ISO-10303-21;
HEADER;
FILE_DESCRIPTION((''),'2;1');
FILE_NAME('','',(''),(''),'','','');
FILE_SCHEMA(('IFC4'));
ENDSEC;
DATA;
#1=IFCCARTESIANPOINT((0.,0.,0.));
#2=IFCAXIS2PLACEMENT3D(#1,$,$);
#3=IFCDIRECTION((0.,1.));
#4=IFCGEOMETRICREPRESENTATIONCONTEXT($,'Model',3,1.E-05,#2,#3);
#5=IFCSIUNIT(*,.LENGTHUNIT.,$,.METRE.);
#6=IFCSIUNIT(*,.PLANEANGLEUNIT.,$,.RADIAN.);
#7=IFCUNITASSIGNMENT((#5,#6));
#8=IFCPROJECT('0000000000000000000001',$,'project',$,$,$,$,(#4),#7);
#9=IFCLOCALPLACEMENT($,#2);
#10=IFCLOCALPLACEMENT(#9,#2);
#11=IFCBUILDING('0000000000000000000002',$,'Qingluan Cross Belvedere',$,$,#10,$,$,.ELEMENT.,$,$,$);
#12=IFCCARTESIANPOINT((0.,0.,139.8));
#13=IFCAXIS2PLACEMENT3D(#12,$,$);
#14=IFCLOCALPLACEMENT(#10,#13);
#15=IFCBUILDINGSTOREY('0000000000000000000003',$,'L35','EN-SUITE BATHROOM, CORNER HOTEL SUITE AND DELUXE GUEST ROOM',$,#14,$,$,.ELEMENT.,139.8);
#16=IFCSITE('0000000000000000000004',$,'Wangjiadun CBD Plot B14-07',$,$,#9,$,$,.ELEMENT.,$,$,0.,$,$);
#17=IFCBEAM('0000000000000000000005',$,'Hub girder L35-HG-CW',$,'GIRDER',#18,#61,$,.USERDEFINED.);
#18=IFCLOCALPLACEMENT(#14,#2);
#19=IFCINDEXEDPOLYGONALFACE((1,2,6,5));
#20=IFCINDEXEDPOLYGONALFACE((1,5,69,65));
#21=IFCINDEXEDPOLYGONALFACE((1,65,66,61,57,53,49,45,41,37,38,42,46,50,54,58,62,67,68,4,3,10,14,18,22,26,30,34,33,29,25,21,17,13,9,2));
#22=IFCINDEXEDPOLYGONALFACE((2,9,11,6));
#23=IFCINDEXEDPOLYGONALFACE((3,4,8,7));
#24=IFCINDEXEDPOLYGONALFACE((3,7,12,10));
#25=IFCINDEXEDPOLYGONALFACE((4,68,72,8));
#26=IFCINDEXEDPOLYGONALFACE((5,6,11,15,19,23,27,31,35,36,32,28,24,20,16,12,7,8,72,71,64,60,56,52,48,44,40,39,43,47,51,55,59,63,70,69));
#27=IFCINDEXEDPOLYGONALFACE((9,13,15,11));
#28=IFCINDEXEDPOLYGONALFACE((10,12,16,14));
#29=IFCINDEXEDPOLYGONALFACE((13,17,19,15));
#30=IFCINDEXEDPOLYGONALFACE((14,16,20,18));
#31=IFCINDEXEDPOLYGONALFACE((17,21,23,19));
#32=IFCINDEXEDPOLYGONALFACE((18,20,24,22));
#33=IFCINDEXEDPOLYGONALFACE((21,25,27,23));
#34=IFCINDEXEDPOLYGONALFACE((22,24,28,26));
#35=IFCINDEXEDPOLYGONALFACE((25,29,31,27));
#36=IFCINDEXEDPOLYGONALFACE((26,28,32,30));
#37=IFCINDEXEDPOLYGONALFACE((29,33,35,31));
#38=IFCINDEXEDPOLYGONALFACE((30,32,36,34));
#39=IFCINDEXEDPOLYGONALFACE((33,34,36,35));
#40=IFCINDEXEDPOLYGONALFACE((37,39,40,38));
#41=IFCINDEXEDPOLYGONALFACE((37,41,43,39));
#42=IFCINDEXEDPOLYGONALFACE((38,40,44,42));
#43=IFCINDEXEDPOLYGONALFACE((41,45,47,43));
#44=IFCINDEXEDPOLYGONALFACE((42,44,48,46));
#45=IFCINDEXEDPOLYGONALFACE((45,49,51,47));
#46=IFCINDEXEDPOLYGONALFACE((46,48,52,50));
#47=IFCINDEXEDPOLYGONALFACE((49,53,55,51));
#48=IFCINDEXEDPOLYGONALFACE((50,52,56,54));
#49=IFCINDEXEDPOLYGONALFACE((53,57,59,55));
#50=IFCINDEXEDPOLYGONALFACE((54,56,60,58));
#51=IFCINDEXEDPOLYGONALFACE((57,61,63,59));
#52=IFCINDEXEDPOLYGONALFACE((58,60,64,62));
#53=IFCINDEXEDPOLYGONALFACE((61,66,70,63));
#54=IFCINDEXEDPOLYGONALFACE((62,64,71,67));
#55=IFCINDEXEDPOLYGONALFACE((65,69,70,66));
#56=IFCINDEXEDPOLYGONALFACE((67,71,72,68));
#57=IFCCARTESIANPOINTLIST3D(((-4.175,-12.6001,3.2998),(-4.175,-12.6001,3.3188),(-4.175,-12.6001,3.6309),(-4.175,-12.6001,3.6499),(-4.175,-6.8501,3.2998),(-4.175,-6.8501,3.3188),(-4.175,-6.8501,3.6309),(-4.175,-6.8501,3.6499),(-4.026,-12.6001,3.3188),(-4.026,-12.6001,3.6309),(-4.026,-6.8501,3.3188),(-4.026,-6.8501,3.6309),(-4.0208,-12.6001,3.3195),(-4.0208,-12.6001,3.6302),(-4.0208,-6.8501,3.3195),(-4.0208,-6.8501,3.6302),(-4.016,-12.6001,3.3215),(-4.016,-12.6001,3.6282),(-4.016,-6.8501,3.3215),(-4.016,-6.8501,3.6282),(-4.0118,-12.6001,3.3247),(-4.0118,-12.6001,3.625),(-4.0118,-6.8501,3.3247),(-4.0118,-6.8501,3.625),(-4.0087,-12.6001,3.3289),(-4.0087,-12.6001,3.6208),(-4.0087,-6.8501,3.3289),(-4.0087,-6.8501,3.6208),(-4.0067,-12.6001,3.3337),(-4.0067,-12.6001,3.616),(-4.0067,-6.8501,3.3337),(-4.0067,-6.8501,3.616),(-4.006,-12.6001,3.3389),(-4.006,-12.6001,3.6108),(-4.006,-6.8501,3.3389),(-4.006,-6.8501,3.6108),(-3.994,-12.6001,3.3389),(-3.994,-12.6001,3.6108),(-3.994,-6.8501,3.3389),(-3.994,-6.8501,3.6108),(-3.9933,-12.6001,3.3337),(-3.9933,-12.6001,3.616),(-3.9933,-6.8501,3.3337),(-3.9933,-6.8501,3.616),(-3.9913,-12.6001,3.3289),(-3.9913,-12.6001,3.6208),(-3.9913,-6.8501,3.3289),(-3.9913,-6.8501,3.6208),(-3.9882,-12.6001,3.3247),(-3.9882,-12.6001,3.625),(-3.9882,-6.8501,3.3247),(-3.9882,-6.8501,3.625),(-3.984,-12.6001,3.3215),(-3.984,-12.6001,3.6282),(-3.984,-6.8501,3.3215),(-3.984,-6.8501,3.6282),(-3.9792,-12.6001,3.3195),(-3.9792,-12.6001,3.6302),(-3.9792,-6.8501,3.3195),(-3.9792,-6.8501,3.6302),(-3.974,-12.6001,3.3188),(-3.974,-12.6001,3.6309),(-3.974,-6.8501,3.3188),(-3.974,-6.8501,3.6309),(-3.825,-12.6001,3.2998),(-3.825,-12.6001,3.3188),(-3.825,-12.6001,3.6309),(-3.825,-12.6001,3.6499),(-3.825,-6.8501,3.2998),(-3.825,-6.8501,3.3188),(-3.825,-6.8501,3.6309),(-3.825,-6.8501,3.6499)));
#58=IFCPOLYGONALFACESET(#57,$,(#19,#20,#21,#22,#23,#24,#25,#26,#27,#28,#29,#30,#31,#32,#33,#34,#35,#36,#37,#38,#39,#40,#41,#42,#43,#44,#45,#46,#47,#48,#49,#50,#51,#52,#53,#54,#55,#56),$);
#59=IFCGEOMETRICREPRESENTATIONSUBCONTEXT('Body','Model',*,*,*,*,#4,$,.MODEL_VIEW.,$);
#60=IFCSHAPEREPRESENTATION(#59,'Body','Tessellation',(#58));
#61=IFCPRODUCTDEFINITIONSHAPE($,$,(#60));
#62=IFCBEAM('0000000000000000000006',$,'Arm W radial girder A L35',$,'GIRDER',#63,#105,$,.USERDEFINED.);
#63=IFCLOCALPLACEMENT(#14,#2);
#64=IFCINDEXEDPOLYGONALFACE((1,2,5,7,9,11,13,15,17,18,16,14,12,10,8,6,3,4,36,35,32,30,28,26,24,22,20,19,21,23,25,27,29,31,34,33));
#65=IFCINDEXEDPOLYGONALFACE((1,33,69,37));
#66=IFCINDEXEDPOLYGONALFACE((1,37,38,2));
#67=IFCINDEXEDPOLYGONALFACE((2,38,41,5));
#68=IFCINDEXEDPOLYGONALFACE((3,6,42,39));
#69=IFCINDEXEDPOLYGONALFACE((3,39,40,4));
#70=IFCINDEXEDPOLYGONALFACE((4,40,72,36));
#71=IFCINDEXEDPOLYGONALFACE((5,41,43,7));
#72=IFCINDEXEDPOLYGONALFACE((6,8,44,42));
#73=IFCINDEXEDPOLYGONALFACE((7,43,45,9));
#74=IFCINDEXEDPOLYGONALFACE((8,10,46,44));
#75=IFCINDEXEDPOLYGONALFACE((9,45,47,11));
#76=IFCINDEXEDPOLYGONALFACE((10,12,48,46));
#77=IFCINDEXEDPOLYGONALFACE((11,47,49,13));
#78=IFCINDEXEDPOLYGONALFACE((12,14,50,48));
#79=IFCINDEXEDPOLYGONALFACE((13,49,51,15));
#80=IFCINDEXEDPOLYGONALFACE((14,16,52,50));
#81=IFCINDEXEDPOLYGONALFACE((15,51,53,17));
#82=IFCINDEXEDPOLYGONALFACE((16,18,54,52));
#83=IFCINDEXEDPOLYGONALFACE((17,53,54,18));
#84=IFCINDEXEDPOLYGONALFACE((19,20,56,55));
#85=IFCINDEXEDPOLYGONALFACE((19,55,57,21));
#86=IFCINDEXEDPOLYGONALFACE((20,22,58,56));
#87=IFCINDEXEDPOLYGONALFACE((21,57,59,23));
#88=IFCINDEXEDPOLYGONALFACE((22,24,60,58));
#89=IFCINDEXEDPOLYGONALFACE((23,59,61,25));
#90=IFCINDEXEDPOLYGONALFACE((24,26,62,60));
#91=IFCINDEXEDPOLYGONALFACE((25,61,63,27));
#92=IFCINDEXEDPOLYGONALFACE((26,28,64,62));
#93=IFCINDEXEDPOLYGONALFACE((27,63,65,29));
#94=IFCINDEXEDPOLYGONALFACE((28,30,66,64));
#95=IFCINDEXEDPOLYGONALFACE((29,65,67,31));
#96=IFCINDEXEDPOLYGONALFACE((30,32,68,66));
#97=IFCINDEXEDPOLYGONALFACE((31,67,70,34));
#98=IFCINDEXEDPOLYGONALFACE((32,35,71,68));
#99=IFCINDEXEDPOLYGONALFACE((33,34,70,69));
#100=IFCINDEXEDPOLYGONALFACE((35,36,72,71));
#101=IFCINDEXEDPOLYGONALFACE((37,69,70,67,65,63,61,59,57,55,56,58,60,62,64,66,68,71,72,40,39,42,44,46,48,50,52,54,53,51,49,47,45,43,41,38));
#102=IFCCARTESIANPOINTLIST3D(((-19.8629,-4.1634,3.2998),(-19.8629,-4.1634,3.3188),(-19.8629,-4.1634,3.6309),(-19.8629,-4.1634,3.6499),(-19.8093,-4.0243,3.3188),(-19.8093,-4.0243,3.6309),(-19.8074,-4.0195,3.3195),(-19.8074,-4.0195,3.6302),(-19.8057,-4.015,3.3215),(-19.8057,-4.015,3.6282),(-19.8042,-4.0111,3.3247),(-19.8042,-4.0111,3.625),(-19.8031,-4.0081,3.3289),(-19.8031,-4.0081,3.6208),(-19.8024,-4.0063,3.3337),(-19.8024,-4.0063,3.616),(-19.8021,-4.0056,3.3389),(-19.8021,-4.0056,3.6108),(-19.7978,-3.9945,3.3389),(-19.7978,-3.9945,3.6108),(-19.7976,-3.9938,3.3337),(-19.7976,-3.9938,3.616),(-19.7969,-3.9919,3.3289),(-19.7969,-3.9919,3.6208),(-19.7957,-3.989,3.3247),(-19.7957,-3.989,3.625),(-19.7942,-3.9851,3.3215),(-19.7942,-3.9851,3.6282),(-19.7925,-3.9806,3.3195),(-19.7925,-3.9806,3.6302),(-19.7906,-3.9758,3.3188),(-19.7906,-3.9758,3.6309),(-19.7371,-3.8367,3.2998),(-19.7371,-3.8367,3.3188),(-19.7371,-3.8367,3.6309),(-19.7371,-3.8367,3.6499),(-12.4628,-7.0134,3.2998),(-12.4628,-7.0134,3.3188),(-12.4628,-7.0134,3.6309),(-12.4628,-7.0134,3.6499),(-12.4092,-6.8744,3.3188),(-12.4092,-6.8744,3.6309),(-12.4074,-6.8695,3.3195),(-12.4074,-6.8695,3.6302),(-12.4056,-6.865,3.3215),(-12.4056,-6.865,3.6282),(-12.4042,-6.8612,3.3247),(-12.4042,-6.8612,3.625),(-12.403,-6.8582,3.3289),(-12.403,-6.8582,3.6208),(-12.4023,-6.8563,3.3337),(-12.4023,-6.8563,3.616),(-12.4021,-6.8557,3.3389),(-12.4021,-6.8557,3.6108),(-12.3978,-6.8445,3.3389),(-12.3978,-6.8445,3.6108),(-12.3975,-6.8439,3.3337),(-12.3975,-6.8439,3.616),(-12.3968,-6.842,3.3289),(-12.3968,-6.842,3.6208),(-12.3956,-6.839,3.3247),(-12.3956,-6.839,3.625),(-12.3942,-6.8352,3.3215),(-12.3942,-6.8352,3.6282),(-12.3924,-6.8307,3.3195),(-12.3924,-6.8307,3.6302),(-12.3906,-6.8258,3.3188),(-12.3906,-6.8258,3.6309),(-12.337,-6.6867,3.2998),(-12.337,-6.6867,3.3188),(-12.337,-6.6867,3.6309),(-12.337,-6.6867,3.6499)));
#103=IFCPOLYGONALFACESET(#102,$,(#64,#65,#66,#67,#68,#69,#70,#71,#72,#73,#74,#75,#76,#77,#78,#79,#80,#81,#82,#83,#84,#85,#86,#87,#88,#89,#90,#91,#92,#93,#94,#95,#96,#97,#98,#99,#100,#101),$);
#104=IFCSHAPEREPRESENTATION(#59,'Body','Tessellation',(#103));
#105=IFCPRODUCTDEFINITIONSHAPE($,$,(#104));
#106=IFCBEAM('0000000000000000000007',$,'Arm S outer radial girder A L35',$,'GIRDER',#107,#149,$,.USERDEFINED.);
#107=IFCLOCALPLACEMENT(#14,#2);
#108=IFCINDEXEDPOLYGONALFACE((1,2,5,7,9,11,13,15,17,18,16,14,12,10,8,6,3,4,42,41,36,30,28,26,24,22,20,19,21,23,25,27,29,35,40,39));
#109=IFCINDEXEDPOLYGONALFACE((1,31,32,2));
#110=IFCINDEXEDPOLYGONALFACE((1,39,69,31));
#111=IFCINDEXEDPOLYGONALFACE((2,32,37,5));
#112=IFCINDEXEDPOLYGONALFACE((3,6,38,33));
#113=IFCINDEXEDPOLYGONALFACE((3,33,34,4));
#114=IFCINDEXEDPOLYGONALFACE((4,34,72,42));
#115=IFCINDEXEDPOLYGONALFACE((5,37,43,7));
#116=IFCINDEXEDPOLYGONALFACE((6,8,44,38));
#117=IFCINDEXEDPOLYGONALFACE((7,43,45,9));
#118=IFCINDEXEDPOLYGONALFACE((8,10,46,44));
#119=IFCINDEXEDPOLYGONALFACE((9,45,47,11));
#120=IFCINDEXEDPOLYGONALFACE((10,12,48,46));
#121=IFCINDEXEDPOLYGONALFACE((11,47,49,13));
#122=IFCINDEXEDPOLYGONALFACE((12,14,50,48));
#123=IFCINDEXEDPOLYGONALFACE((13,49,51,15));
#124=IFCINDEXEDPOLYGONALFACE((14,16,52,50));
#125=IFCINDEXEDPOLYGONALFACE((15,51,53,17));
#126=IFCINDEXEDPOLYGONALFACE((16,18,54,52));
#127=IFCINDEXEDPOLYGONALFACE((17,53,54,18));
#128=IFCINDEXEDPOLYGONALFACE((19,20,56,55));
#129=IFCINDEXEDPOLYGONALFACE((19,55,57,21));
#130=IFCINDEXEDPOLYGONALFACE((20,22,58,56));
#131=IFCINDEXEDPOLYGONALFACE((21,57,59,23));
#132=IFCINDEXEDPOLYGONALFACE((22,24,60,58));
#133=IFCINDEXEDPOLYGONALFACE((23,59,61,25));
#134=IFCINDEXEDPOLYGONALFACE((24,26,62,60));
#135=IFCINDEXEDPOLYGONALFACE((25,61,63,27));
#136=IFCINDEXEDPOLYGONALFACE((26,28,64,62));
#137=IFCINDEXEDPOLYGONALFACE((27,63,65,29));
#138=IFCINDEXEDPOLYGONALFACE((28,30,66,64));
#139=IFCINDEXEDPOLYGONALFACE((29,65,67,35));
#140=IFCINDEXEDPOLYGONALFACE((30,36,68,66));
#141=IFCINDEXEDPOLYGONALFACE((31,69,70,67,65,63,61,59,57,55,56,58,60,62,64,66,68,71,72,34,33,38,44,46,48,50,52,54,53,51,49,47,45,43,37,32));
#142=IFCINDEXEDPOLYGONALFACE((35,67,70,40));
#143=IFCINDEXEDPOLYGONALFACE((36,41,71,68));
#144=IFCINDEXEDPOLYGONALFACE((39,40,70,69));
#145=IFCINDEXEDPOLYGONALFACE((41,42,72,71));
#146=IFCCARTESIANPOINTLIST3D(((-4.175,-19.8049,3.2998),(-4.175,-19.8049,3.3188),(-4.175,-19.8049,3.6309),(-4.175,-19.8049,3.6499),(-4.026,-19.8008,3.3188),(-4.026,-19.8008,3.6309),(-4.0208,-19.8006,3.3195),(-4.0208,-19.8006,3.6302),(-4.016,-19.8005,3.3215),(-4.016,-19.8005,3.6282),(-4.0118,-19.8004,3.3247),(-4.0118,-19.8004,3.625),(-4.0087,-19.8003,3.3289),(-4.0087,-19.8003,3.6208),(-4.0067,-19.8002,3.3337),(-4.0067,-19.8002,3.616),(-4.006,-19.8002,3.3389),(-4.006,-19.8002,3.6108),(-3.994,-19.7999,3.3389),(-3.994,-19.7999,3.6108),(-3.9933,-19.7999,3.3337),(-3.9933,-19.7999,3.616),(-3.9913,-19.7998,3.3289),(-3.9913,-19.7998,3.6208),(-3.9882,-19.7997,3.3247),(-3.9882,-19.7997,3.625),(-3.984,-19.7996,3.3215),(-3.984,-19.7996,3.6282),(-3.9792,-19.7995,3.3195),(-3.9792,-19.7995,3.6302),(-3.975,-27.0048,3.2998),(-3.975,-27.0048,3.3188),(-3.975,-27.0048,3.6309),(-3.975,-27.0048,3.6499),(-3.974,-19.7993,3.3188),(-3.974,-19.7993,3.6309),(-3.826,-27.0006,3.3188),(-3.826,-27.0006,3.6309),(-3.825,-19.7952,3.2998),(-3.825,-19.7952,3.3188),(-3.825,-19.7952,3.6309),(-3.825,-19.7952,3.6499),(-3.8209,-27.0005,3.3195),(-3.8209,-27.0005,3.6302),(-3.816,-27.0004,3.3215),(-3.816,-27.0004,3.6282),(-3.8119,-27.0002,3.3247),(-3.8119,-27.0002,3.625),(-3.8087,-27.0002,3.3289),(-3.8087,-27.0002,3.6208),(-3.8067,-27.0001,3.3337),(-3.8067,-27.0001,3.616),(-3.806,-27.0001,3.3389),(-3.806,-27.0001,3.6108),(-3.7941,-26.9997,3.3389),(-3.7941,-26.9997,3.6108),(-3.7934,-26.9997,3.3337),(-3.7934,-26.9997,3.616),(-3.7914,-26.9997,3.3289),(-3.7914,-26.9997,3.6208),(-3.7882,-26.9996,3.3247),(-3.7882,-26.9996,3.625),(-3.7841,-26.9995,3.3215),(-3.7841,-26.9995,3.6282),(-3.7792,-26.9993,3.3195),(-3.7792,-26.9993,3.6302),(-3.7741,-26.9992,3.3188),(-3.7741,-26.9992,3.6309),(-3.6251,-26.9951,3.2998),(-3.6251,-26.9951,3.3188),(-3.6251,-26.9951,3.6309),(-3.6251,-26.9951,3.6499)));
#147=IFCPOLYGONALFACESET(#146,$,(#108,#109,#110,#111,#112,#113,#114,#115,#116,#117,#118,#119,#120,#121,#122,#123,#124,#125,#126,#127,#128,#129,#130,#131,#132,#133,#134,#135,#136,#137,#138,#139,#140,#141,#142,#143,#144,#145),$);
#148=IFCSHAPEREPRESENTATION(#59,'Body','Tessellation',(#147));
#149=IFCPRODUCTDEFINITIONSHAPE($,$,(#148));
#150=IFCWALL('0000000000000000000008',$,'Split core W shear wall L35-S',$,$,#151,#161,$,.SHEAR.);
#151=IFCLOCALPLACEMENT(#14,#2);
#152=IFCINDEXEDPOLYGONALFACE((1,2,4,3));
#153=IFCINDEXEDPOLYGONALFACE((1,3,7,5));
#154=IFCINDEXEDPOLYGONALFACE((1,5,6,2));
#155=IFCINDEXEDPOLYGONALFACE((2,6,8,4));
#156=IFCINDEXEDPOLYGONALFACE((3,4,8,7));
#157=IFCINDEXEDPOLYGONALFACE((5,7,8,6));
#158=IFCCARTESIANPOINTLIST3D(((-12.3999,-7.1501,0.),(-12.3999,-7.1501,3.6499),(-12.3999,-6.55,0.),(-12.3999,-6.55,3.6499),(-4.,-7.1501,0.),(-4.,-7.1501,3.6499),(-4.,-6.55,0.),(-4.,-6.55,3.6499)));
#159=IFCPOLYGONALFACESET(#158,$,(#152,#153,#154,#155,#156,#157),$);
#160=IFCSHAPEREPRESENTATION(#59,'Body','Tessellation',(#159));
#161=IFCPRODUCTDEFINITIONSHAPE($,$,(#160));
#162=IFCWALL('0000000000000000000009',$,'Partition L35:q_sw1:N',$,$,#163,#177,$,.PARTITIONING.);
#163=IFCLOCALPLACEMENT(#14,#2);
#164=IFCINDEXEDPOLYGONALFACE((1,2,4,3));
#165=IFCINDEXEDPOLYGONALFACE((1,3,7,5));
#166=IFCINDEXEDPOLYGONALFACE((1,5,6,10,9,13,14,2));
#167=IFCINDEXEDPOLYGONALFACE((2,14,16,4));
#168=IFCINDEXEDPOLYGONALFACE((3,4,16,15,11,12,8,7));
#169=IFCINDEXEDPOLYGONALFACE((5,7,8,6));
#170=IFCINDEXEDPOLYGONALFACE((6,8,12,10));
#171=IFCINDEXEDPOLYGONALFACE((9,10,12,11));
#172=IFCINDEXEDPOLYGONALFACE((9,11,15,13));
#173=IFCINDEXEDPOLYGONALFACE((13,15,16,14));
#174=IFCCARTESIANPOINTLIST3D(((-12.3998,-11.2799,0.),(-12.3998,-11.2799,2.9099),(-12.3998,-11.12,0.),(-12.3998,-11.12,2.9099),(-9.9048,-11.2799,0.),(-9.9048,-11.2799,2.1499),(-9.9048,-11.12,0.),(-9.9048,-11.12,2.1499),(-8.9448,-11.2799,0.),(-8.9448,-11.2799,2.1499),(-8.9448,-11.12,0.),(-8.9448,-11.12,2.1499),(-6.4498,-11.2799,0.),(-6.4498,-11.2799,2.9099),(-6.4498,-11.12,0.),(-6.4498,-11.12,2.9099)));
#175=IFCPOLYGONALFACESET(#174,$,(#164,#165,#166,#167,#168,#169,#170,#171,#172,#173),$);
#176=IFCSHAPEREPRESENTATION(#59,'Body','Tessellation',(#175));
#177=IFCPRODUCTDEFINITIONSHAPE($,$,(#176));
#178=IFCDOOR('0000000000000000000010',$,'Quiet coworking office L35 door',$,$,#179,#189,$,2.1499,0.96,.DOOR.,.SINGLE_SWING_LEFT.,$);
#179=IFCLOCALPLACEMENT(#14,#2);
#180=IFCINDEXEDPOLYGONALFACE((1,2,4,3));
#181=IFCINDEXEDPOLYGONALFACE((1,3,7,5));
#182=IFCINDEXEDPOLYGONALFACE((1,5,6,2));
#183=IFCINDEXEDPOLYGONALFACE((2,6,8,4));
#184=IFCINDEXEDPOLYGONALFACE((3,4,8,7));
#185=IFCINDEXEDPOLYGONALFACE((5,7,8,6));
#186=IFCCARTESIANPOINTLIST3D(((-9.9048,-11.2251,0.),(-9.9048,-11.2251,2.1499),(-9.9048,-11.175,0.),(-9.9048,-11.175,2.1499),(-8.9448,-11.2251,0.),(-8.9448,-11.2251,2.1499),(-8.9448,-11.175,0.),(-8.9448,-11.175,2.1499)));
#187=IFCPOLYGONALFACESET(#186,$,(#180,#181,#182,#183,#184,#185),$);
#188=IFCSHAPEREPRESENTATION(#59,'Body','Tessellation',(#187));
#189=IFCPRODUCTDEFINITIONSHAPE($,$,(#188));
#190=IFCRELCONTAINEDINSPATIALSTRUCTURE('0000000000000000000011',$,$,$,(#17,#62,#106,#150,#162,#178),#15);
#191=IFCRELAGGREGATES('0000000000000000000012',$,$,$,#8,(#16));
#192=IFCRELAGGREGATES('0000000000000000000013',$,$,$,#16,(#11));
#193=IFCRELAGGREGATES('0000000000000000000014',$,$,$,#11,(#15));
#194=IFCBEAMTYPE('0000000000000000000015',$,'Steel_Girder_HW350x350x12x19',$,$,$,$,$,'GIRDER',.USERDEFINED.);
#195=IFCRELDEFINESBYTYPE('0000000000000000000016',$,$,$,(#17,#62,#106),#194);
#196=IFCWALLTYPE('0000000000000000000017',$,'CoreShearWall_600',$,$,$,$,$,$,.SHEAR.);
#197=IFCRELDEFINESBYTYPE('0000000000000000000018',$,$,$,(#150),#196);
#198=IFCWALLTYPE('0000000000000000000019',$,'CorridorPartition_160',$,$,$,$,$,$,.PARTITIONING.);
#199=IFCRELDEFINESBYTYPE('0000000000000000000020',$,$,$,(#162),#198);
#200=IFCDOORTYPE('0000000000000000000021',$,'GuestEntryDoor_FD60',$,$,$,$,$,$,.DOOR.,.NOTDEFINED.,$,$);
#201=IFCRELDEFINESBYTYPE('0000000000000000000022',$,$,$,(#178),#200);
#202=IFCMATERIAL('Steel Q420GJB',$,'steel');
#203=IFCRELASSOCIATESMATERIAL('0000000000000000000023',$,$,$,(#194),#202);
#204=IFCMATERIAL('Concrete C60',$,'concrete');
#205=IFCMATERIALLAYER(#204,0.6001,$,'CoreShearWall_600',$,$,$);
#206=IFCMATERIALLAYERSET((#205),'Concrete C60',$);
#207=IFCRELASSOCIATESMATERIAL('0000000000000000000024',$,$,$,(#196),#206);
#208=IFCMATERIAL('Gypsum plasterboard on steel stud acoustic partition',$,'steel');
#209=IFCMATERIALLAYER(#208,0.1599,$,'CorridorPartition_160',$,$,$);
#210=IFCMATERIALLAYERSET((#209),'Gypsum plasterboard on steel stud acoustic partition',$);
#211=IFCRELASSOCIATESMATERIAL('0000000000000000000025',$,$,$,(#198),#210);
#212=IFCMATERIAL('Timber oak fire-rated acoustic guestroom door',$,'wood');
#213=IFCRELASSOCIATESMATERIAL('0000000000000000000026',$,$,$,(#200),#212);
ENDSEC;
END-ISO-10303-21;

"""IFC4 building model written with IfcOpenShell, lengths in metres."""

from ifc_helpers import new_model, si_unit, direction, frame, frame_2d, origin, origin_2d, place, context, subcontext, project, spatial, rectangle, i_section, extrude, material, layer, layer_set, material_profile, profile_set, type_object, element, fill, save


model = new_model("IFC4")

# Units and contexts
model_context = context("Model", 3, precision=1e-05, world=origin(), true_north=direction((0.0, 1.0)))
body_context = subcontext(model_context, "Body", "Model", "MODEL_VIEW")
ifc_project = project(units=[si_unit("LENGTHUNIT", "METRE"), si_unit("PLANEANGLEUNIT", "RADIAN")], contexts=[model_context])

# Site, building, storey
site_placement = place(None, origin())
site = spatial("IfcSite", under=ifc_project, at=site_placement, Name="Wangjiadun CBD Plot B14-07", CompositionType="ELEMENT", RefElevation=0.0)
building_placement = place(site_placement, origin())
building = spatial("IfcBuilding", under=site, at=building_placement, Name="Qingluan Cross Belvedere", CompositionType="ELEMENT")
storey_placement = place(building_placement, frame((0.0, 0.0, 139.8)))
storey = spatial("IfcBuildingStorey", under=building, at=storey_placement, Name="L35", Description="EN-SUITE BATHROOM, CORNER HOTEL SUITE AND DELUXE GUEST ROOM", CompositionType="ELEMENT", Elevation=139.8)

# Beams
ifc_material_1 = material(Name="Steel Q420GJB", Category="steel")
ifc_material_profile_1 = material_profile(ifc_material_1, i_section(OverallWidth=0.3501, OverallDepth=0.3501, WebThickness=0.012, FlangeThickness=0.019, FilletRadius=0.02, at=origin_2d()), Name="HW350x350x12x19")
ifc_profile_set_1 = profile_set([ifc_material_profile_1], Name="Steel Q420GJB")
beam_type_1 = type_object("IfcBeamType", Name="Steel_Girder_HW350x350x12x19", ElementType="GIRDER", PredefinedType="USERDEFINED", material=ifc_profile_set_1)
beam_1_placement = place(storey_placement, frame((-4.0, -12.6001, 3.4749), z_axis=(0.0, 1.0, 0.0), x_axis=(-1.0, 0.0, 0.0)))
element("IfcBeam", 1, at=beam_1_placement, inside=storey, type_object=beam_type_1, Name="Hub girder L35-HG-CW", ObjectType="GIRDER", PredefinedType="USERDEFINED", context=body_context, shape_type="SweptSolid", body=[
    extrude(i_section(OverallWidth=0.3501, OverallDepth=0.3501, WebThickness=0.012, FlangeThickness=0.019, FilletRadius=0.02, at=origin_2d()), origin(), (0.0, 0.0, 1.0), 5.75),
])
beam_2_placement = place(storey_placement, frame((-12.3999, -6.8501, 3.4749), z_axis=(-0.933181, 0.359406, 0.0), x_axis=(-0.359406, -0.933181, 0.0)))
element("IfcBeam", 2, at=beam_2_placement, inside=storey, type_object=beam_type_1, Name="Arm W radial girder A L35", ObjectType="GIRDER", PredefinedType="USERDEFINED", context=body_context, shape_type="SweptSolid", body=[
    extrude(i_section(OverallWidth=0.3501, OverallDepth=0.3501, WebThickness=0.012, FlangeThickness=0.019, FilletRadius=0.02, at=origin_2d()), origin(), (0.0, 0.0, 1.0), 7.9299),
])
beam_3_placement = place(storey_placement, frame((-4.0, -19.8, 3.4749), z_axis=(0.02776, -0.999615, 0.0), x_axis=(0.999615, 0.02776, 0.0)))
element("IfcBeam", 3, at=beam_3_placement, inside=storey, type_object=beam_type_1, Name="Arm S outer radial girder A L35", ObjectType="GIRDER", PredefinedType="USERDEFINED", context=body_context, shape_type="SweptSolid", body=[
    extrude(i_section(OverallWidth=0.3501, OverallDepth=0.3501, WebThickness=0.012, FlangeThickness=0.019, FilletRadius=0.02, at=origin_2d()), origin(), (0.0, 0.0, 1.0), 7.2026),
])

# Wall
ifc_material_2 = material(Name="Concrete C60", Category="concrete")
ifc_layer_1 = layer(ifc_material_2, 0.6001, Name="CoreShearWall_600")
ifc_layer_set_1 = layer_set([ifc_layer_1], Name="Concrete C60")
wall_type_1 = type_object("IfcWallType", Name="CoreShearWall_600", PredefinedType="SHEAR", material=ifc_layer_set_1)
wall_1_placement = place(storey_placement, frame((-12.3999, -6.8501, 0.0), z_axis=(0.0, 0.0, 1.0), x_axis=(1.0, 0.0, 0.0)))
element("IfcWall", 4, at=wall_1_placement, inside=storey, type_object=wall_type_1, Name="Split core W shear wall L35-S", PredefinedType="SHEAR", context=body_context, shape_type="SweptSolid", body=[
    extrude(rectangle(XDim=8.3999, YDim=0.6001, at=frame_2d((4.2, 0.0))), origin(), (0.0, 0.0, 1.0), 3.6499),
])

# Wall, opening, door
ifc_material_3 = material(Name="Gypsum plasterboard on steel stud acoustic partition", Category="steel")
ifc_layer_2 = layer(ifc_material_3, 0.1599, Name="CorridorPartition_160")
ifc_layer_set_2 = layer_set([ifc_layer_2], Name="Gypsum plasterboard on steel stud acoustic partition")
wall_type_2 = type_object("IfcWallType", Name="CorridorPartition_160", PredefinedType="PARTITIONING", material=ifc_layer_set_2)
wall_2_placement = place(storey_placement, frame((-12.3999, -11.2, 0.0), z_axis=(0.0, 0.0, 1.0), x_axis=(1.0, 0.0, 0.0)))
wall_2 = element("IfcWall", 5, at=wall_2_placement, inside=storey, type_object=wall_type_2, Name="Partition L35:q_sw1:N", PredefinedType="PARTITIONING", context=body_context, shape_type="SweptSolid", body=[
    extrude(rectangle(XDim=5.95, YDim=0.1599, at=frame_2d((2.9751, 0.0))), origin(), (0.0, 0.0, 1.0), 2.9099),
])
opening_1_placement = place(wall_2_placement, frame((2.4951, 0.0, 0.0)))
opening_1 = element("IfcOpeningElement", 6, at=opening_1_placement, cuts=wall_2, PredefinedType="OPENING", context=body_context, shape_type="SweptSolid", body=[
    extrude(rectangle(XDim=0.96, YDim=2.1499, at=frame_2d((0.48, 1.075))), frame((0.0, 0.0898, 0.0), z_axis=(0.0, -1.0, 0.0), x_axis=(1.0, 0.0, 0.0)), (0.0, 0.0, 1.0), 0.1799),
])
ifc_material_4 = material(Name="Timber oak fire-rated acoustic guestroom door", Category="wood")
door_type = type_object("IfcDoorType", Name="GuestEntryDoor_FD60", OperationType="NOTDEFINED", PredefinedType="DOOR", material=ifc_material_4)
door_1_placement = place(opening_1_placement, origin())
door_1 = element("IfcDoor", 7, at=door_1_placement, inside=storey, type_object=door_type, Name="Quiet coworking office L35 door", OperationType="SINGLE_SWING_LEFT", OverallHeight=2.1499, OverallWidth=0.96, PredefinedType="DOOR", context=body_context, shape_type="SweptSolid", body=[
    extrude(rectangle(XDim=0.96, YDim=2.1499, at=frame_2d((0.48, 1.075))), frame((0.0, 0.0249, 0.0), z_axis=(0.0, -1.0, 0.0), x_axis=(1.0, 0.0, 0.0)), (0.0, 0.0, 1.0), 0.05),
])
fill(opening_1, door_1)

save(model, "model.ifc")
